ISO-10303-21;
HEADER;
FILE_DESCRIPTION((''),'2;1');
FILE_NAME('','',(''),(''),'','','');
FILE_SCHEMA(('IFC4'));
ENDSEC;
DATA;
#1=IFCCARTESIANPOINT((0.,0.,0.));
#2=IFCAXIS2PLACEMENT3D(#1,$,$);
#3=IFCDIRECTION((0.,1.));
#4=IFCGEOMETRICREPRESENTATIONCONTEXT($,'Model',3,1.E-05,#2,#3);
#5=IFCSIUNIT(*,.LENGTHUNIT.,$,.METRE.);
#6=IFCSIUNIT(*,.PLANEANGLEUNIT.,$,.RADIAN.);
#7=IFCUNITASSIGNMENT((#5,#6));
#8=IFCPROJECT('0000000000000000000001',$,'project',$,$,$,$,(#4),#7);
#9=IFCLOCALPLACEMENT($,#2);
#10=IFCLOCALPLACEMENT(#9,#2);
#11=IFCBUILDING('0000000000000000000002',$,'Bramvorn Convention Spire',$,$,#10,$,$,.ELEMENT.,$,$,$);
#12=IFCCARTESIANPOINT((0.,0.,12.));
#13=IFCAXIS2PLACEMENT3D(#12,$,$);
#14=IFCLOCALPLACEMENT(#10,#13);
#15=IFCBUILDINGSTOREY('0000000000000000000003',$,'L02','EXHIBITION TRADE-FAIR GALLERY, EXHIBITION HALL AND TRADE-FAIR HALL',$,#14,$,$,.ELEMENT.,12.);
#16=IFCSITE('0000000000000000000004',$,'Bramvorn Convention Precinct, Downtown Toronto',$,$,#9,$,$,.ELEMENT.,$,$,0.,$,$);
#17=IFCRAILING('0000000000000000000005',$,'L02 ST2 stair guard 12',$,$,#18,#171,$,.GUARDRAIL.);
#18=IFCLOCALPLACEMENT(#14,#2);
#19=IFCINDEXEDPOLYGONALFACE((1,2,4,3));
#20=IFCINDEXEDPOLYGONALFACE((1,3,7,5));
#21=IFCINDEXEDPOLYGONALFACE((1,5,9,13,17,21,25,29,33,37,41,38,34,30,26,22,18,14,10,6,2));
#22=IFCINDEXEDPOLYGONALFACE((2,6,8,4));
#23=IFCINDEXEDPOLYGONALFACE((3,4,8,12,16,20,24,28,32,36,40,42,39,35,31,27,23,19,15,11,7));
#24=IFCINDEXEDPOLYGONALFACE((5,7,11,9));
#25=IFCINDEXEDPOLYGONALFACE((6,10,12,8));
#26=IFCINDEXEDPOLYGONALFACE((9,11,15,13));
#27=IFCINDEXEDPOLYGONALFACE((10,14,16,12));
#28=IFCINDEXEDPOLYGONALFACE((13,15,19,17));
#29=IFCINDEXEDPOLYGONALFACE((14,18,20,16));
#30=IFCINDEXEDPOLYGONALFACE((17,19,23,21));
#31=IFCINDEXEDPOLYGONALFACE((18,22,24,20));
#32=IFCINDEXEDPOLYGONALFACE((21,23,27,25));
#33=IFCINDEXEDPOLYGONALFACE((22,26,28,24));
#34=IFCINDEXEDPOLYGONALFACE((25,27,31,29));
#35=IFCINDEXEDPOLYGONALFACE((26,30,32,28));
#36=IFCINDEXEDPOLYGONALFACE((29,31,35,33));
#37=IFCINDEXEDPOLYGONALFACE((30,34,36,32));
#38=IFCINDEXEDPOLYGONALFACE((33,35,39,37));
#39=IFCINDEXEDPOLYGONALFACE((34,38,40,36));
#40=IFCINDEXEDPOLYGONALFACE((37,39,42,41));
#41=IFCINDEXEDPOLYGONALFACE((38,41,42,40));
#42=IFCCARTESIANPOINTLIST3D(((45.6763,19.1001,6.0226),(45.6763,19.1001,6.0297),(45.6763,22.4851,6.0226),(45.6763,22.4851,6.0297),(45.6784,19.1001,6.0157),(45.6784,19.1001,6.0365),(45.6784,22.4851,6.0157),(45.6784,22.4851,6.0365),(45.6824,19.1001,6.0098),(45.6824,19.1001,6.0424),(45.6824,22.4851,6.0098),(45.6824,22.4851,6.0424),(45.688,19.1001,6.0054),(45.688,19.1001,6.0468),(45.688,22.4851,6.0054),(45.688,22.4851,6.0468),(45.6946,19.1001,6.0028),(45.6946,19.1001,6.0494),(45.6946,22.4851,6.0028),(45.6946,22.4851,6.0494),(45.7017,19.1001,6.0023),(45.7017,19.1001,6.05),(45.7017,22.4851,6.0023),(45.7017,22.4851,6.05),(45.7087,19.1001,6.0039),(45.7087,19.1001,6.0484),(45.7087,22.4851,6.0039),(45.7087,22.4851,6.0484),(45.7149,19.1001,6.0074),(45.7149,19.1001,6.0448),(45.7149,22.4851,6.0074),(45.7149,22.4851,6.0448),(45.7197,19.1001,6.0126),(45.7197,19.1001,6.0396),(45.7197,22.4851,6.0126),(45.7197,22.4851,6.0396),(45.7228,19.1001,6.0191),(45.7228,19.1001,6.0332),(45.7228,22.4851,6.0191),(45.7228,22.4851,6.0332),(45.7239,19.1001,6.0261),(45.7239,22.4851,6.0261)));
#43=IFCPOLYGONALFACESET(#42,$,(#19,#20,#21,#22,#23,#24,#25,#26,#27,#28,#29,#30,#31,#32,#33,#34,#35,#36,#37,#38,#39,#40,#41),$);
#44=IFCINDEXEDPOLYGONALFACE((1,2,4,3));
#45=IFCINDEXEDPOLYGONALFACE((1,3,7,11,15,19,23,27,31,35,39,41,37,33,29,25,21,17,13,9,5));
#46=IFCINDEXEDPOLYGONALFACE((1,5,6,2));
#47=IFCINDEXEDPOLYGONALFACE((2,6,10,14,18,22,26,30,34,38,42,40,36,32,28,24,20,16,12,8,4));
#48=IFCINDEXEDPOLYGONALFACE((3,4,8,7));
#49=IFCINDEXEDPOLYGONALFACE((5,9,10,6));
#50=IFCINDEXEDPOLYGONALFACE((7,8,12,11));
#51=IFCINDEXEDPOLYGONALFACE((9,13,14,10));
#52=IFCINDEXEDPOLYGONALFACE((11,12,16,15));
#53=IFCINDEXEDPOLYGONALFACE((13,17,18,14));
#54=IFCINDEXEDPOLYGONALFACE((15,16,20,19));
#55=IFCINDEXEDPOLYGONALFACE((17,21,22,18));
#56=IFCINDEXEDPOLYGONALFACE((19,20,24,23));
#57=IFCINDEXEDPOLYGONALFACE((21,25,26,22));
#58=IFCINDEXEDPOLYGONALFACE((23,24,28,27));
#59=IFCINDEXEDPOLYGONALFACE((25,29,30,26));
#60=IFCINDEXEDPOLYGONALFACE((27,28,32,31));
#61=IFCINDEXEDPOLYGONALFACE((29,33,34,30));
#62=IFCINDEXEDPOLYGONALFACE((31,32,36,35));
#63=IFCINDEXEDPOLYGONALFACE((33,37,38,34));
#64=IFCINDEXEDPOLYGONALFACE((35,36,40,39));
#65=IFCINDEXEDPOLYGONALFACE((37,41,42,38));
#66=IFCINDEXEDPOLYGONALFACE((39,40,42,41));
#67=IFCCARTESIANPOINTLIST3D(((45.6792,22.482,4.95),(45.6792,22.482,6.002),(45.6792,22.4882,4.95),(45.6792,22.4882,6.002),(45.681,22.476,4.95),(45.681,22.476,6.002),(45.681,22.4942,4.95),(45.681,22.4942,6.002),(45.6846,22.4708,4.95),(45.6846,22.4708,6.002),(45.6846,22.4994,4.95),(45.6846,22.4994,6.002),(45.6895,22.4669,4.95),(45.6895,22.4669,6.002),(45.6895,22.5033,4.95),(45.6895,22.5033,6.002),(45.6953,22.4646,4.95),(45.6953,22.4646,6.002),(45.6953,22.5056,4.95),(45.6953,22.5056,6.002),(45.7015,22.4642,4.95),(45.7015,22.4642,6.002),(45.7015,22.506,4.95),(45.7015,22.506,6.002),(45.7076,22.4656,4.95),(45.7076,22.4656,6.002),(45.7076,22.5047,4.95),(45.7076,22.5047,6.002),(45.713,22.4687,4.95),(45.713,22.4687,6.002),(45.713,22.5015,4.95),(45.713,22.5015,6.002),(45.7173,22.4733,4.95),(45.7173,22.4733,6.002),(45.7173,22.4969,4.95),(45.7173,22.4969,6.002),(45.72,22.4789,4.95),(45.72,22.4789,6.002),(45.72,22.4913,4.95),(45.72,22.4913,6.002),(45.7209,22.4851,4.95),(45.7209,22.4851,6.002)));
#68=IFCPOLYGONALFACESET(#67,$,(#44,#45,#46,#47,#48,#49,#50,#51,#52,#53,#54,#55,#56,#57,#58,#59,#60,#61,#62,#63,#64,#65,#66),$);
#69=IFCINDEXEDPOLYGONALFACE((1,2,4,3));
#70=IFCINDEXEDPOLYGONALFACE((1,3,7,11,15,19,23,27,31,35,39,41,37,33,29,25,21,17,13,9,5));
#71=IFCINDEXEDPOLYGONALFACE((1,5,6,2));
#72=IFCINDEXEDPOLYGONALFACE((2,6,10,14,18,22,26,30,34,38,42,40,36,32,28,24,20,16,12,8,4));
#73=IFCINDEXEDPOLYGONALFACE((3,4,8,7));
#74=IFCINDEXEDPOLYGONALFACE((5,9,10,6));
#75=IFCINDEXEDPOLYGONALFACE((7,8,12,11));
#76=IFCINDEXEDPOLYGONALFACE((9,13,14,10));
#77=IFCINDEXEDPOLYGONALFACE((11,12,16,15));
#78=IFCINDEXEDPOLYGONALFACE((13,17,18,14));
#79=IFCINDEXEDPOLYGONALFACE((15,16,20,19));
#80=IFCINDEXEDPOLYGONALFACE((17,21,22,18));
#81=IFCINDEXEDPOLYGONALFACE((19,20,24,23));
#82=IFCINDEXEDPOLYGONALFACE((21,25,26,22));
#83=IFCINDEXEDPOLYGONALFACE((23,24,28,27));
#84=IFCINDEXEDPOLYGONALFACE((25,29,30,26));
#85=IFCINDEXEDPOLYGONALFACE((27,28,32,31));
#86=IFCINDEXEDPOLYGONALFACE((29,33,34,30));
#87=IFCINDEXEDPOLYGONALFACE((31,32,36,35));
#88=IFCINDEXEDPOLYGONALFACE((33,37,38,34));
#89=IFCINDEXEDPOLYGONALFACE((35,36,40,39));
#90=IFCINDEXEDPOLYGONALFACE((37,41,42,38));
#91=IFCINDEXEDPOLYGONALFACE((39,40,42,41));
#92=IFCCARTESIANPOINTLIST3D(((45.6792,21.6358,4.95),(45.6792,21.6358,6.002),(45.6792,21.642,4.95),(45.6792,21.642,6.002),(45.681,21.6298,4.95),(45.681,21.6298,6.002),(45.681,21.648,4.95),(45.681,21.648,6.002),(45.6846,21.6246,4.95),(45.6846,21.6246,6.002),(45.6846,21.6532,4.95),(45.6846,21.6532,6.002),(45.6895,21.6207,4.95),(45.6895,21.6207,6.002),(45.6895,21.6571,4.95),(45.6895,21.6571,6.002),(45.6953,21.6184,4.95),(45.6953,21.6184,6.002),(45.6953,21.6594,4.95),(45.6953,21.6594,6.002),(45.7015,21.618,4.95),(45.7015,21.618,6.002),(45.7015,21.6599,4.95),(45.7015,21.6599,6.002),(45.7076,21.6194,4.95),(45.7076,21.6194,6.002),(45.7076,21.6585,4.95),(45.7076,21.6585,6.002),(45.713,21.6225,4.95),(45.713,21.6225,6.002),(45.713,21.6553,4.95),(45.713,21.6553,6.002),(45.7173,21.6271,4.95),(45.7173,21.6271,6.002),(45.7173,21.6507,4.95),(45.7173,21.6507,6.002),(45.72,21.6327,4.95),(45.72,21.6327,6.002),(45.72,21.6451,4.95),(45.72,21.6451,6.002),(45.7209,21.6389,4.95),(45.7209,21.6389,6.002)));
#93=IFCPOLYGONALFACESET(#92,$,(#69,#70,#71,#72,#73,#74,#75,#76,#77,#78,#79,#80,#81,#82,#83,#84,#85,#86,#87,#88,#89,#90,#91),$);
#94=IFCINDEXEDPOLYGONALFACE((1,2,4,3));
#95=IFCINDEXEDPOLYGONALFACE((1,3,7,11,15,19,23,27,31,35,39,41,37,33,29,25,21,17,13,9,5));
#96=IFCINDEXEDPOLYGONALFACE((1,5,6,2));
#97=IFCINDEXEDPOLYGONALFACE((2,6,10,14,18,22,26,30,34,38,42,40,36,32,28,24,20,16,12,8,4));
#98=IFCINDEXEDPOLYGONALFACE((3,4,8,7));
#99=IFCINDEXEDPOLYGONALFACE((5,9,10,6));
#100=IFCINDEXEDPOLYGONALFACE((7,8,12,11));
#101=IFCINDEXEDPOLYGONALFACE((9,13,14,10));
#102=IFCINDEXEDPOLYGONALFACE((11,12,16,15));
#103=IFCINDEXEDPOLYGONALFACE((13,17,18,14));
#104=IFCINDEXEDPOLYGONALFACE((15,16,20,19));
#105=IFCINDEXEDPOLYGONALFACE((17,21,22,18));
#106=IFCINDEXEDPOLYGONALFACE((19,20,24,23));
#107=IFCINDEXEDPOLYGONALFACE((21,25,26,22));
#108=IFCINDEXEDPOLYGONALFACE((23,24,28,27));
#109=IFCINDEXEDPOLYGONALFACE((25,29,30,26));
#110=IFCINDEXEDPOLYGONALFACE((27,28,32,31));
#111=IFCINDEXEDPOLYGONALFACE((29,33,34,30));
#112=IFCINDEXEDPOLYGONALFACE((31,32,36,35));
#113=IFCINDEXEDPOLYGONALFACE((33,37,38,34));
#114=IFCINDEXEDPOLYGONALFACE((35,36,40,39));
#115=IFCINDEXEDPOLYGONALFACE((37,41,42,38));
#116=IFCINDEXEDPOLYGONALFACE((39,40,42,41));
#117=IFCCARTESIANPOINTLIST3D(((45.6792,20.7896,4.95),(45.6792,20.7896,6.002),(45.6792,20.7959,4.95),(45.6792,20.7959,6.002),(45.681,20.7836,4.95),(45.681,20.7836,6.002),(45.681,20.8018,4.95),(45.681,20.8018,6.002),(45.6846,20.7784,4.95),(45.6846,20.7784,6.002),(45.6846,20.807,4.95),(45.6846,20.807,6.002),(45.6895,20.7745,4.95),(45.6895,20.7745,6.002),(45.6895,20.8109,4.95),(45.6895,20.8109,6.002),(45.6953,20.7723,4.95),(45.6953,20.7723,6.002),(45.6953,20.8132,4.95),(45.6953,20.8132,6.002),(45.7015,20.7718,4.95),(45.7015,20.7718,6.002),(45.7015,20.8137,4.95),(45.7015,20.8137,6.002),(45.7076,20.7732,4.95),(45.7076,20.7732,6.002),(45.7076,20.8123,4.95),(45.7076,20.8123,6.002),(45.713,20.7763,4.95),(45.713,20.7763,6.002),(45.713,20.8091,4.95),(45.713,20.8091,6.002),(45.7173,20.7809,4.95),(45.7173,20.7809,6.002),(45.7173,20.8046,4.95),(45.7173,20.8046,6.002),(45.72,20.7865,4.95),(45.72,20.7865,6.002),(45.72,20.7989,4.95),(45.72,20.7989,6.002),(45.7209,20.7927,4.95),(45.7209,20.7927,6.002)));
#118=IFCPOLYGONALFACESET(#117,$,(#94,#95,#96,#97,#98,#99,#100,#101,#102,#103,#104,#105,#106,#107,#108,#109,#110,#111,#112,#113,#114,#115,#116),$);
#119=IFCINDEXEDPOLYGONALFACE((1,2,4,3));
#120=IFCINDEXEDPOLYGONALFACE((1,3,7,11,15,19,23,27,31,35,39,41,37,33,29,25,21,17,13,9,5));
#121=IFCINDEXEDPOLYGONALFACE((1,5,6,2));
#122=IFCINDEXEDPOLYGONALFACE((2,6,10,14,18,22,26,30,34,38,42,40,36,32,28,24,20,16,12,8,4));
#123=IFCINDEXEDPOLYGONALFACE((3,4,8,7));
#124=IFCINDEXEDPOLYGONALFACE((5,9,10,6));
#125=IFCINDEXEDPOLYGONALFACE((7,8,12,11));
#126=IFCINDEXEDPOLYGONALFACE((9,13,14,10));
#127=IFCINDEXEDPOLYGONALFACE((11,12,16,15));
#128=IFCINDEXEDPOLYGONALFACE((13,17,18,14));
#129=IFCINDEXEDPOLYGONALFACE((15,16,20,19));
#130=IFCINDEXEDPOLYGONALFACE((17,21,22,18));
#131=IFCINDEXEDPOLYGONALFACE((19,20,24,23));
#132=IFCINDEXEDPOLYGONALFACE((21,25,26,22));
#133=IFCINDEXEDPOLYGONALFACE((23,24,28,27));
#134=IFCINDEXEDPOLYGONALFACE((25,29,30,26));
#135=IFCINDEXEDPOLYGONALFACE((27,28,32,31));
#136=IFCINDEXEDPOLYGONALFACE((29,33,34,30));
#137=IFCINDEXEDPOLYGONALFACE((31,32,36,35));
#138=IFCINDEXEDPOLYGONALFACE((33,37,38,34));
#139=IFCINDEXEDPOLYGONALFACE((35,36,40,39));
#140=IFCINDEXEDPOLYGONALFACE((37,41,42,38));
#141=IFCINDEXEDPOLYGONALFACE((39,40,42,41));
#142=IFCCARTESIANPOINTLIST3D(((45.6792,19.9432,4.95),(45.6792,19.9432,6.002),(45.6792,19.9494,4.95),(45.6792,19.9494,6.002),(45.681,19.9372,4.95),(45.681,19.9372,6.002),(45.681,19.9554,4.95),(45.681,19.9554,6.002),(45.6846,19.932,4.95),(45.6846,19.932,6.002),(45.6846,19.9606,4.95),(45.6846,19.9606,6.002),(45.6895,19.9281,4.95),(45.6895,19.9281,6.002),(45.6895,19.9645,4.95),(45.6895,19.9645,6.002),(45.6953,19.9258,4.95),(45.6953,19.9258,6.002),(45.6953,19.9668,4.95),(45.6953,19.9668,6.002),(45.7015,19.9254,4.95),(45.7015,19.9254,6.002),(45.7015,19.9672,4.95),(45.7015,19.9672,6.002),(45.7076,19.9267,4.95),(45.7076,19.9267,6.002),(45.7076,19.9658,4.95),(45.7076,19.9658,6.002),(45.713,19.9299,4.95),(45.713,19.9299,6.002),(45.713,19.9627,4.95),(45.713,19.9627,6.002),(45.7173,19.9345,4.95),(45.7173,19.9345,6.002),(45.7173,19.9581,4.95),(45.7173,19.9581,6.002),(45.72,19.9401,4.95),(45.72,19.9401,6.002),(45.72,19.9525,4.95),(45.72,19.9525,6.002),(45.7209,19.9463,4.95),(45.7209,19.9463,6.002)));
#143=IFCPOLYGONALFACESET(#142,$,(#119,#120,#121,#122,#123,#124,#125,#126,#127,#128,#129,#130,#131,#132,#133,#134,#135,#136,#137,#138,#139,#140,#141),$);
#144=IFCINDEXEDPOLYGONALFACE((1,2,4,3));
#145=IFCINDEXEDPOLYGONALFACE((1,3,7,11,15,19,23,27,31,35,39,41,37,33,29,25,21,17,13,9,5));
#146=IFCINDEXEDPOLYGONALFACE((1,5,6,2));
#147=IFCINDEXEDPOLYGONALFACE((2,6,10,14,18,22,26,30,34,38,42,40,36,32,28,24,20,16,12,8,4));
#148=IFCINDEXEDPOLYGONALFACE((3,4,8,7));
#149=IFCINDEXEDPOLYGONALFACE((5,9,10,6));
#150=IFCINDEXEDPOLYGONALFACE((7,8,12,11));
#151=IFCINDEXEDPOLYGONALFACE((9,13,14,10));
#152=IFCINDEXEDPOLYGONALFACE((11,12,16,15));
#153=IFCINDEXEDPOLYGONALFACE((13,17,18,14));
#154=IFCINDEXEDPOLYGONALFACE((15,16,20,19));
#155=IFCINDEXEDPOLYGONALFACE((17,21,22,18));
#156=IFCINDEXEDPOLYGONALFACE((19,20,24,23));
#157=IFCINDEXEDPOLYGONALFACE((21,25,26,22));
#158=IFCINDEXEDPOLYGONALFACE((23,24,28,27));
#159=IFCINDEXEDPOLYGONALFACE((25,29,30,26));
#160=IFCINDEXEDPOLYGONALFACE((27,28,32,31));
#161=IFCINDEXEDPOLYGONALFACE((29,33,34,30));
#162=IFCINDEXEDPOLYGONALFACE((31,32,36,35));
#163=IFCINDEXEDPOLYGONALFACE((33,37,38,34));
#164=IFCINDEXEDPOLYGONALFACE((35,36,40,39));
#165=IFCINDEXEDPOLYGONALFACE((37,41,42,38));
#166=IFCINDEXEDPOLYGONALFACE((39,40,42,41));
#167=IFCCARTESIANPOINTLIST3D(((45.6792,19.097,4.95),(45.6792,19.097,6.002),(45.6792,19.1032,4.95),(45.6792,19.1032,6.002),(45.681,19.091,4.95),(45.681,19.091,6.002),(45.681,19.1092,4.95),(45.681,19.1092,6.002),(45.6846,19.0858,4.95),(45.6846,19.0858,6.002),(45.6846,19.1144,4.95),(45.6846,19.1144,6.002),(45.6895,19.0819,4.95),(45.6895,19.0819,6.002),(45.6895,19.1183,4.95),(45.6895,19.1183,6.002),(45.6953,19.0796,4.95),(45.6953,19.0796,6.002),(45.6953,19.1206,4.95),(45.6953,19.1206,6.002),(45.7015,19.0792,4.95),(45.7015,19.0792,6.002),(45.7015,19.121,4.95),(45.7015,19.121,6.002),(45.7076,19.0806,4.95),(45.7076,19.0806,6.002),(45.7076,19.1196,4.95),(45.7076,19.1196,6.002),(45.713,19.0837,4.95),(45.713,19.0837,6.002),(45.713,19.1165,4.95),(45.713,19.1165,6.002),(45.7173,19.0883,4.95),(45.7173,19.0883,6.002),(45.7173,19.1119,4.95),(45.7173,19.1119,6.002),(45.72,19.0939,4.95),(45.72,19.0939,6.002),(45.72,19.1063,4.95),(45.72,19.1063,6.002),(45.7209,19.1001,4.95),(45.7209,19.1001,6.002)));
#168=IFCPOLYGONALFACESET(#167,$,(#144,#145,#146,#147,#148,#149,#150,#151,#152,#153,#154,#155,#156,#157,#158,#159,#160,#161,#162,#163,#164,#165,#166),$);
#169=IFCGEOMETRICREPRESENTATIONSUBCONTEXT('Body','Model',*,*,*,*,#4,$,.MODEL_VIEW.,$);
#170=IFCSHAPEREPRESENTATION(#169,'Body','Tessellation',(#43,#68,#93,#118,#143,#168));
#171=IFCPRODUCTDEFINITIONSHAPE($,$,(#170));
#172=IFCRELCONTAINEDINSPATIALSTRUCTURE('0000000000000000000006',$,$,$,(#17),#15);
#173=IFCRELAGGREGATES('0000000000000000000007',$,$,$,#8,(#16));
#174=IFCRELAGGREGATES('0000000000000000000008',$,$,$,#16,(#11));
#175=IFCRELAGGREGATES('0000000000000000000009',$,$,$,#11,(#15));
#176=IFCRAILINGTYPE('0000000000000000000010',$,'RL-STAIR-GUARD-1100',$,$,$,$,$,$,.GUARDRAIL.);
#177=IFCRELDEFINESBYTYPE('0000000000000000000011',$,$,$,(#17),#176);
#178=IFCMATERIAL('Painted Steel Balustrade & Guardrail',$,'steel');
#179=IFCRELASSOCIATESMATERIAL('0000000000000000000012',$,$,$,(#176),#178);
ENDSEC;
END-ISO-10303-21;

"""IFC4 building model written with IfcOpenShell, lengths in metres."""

from ifc_helpers import new_model, si_unit, direction, frame, origin, origin_2d, place, context, subcontext, project, spatial, circle, extrude, material, type_object, element, save


model = new_model("IFC4")

# Units and contexts
model_context = context("Model", 3, precision=1e-05, world=origin(), true_north=direction((0.0, 1.0)))
body_context = subcontext(model_context, "Body", "Model", "MODEL_VIEW")
ifc_project = project(units=[si_unit("LENGTHUNIT", "METRE"), si_unit("PLANEANGLEUNIT", "RADIAN")], contexts=[model_context])

# Site, building, storey
site_placement = place(None, origin())
site = spatial("IfcSite", under=ifc_project, at=site_placement, Name="Bramvorn Convention Precinct, Downtown Toronto", CompositionType="ELEMENT", RefElevation=0.0)
building_placement = place(site_placement, origin())
building = spatial("IfcBuilding", under=site, at=building_placement, Name="Bramvorn Convention Spire", CompositionType="ELEMENT")
storey_placement = place(building_placement, frame((0.0, 0.0, 12.0)))
storey = spatial("IfcBuildingStorey", under=building, at=storey_placement, Name="L02", Description="EXHIBITION TRADE-FAIR GALLERY, EXHIBITION HALL AND TRADE-FAIR HALL", CompositionType="ELEMENT", Elevation=12.0)

# Railing
ifc_material_1 = material(Name="Painted Steel Balustrade & Guardrail", Category="steel")
railing_type_1 = type_object("IfcRailingType", Name="RL-STAIR-GUARD-1100", PredefinedType="GUARDRAIL", material=ifc_material_1)
for number, where, name in (
    (1, (45.7, 22.4851, 4.95), "L02 ST2 stair guard 12"),
):
    element("IfcRailing", number, at=place(storey_placement, frame(where)), inside=storey, type_object=railing_type_1, Name=name, PredefinedType="GUARDRAIL", context=body_context, shape_type="SweptSolid", body=[
        extrude(circle(Radius=0.0239, at=origin_2d()), frame((0.0, 0.0, 1.0762), z_axis=(0.0, -1.0, 0.0), x_axis=(1.0, 0.0, 0.0)), (0.0, 0.0, 1.0), 3.385),
        extrude(circle(Radius=0.021, at=origin_2d()), origin(), (0.0, 0.0, 1.0), 1.052),
        extrude(circle(Radius=0.021, at=origin_2d()), frame((0.0, -0.8462, 0.0)), (0.0, 0.0, 1.0), 1.052),
        extrude(circle(Radius=0.021, at=origin_2d()), frame((0.0, -1.6924, 0.0)), (0.0, 0.0, 1.0), 1.052),
        extrude(circle(Radius=0.021, at=origin_2d()), frame((0.0, -2.5388, 0.0)), (0.0, 0.0, 1.0), 1.052),
        extrude(circle(Radius=0.021, at=origin_2d()), frame((0.0, -3.385, 0.0)), (0.0, 0.0, 1.0), 1.052),
    ])

save(model, "model.ifc")
